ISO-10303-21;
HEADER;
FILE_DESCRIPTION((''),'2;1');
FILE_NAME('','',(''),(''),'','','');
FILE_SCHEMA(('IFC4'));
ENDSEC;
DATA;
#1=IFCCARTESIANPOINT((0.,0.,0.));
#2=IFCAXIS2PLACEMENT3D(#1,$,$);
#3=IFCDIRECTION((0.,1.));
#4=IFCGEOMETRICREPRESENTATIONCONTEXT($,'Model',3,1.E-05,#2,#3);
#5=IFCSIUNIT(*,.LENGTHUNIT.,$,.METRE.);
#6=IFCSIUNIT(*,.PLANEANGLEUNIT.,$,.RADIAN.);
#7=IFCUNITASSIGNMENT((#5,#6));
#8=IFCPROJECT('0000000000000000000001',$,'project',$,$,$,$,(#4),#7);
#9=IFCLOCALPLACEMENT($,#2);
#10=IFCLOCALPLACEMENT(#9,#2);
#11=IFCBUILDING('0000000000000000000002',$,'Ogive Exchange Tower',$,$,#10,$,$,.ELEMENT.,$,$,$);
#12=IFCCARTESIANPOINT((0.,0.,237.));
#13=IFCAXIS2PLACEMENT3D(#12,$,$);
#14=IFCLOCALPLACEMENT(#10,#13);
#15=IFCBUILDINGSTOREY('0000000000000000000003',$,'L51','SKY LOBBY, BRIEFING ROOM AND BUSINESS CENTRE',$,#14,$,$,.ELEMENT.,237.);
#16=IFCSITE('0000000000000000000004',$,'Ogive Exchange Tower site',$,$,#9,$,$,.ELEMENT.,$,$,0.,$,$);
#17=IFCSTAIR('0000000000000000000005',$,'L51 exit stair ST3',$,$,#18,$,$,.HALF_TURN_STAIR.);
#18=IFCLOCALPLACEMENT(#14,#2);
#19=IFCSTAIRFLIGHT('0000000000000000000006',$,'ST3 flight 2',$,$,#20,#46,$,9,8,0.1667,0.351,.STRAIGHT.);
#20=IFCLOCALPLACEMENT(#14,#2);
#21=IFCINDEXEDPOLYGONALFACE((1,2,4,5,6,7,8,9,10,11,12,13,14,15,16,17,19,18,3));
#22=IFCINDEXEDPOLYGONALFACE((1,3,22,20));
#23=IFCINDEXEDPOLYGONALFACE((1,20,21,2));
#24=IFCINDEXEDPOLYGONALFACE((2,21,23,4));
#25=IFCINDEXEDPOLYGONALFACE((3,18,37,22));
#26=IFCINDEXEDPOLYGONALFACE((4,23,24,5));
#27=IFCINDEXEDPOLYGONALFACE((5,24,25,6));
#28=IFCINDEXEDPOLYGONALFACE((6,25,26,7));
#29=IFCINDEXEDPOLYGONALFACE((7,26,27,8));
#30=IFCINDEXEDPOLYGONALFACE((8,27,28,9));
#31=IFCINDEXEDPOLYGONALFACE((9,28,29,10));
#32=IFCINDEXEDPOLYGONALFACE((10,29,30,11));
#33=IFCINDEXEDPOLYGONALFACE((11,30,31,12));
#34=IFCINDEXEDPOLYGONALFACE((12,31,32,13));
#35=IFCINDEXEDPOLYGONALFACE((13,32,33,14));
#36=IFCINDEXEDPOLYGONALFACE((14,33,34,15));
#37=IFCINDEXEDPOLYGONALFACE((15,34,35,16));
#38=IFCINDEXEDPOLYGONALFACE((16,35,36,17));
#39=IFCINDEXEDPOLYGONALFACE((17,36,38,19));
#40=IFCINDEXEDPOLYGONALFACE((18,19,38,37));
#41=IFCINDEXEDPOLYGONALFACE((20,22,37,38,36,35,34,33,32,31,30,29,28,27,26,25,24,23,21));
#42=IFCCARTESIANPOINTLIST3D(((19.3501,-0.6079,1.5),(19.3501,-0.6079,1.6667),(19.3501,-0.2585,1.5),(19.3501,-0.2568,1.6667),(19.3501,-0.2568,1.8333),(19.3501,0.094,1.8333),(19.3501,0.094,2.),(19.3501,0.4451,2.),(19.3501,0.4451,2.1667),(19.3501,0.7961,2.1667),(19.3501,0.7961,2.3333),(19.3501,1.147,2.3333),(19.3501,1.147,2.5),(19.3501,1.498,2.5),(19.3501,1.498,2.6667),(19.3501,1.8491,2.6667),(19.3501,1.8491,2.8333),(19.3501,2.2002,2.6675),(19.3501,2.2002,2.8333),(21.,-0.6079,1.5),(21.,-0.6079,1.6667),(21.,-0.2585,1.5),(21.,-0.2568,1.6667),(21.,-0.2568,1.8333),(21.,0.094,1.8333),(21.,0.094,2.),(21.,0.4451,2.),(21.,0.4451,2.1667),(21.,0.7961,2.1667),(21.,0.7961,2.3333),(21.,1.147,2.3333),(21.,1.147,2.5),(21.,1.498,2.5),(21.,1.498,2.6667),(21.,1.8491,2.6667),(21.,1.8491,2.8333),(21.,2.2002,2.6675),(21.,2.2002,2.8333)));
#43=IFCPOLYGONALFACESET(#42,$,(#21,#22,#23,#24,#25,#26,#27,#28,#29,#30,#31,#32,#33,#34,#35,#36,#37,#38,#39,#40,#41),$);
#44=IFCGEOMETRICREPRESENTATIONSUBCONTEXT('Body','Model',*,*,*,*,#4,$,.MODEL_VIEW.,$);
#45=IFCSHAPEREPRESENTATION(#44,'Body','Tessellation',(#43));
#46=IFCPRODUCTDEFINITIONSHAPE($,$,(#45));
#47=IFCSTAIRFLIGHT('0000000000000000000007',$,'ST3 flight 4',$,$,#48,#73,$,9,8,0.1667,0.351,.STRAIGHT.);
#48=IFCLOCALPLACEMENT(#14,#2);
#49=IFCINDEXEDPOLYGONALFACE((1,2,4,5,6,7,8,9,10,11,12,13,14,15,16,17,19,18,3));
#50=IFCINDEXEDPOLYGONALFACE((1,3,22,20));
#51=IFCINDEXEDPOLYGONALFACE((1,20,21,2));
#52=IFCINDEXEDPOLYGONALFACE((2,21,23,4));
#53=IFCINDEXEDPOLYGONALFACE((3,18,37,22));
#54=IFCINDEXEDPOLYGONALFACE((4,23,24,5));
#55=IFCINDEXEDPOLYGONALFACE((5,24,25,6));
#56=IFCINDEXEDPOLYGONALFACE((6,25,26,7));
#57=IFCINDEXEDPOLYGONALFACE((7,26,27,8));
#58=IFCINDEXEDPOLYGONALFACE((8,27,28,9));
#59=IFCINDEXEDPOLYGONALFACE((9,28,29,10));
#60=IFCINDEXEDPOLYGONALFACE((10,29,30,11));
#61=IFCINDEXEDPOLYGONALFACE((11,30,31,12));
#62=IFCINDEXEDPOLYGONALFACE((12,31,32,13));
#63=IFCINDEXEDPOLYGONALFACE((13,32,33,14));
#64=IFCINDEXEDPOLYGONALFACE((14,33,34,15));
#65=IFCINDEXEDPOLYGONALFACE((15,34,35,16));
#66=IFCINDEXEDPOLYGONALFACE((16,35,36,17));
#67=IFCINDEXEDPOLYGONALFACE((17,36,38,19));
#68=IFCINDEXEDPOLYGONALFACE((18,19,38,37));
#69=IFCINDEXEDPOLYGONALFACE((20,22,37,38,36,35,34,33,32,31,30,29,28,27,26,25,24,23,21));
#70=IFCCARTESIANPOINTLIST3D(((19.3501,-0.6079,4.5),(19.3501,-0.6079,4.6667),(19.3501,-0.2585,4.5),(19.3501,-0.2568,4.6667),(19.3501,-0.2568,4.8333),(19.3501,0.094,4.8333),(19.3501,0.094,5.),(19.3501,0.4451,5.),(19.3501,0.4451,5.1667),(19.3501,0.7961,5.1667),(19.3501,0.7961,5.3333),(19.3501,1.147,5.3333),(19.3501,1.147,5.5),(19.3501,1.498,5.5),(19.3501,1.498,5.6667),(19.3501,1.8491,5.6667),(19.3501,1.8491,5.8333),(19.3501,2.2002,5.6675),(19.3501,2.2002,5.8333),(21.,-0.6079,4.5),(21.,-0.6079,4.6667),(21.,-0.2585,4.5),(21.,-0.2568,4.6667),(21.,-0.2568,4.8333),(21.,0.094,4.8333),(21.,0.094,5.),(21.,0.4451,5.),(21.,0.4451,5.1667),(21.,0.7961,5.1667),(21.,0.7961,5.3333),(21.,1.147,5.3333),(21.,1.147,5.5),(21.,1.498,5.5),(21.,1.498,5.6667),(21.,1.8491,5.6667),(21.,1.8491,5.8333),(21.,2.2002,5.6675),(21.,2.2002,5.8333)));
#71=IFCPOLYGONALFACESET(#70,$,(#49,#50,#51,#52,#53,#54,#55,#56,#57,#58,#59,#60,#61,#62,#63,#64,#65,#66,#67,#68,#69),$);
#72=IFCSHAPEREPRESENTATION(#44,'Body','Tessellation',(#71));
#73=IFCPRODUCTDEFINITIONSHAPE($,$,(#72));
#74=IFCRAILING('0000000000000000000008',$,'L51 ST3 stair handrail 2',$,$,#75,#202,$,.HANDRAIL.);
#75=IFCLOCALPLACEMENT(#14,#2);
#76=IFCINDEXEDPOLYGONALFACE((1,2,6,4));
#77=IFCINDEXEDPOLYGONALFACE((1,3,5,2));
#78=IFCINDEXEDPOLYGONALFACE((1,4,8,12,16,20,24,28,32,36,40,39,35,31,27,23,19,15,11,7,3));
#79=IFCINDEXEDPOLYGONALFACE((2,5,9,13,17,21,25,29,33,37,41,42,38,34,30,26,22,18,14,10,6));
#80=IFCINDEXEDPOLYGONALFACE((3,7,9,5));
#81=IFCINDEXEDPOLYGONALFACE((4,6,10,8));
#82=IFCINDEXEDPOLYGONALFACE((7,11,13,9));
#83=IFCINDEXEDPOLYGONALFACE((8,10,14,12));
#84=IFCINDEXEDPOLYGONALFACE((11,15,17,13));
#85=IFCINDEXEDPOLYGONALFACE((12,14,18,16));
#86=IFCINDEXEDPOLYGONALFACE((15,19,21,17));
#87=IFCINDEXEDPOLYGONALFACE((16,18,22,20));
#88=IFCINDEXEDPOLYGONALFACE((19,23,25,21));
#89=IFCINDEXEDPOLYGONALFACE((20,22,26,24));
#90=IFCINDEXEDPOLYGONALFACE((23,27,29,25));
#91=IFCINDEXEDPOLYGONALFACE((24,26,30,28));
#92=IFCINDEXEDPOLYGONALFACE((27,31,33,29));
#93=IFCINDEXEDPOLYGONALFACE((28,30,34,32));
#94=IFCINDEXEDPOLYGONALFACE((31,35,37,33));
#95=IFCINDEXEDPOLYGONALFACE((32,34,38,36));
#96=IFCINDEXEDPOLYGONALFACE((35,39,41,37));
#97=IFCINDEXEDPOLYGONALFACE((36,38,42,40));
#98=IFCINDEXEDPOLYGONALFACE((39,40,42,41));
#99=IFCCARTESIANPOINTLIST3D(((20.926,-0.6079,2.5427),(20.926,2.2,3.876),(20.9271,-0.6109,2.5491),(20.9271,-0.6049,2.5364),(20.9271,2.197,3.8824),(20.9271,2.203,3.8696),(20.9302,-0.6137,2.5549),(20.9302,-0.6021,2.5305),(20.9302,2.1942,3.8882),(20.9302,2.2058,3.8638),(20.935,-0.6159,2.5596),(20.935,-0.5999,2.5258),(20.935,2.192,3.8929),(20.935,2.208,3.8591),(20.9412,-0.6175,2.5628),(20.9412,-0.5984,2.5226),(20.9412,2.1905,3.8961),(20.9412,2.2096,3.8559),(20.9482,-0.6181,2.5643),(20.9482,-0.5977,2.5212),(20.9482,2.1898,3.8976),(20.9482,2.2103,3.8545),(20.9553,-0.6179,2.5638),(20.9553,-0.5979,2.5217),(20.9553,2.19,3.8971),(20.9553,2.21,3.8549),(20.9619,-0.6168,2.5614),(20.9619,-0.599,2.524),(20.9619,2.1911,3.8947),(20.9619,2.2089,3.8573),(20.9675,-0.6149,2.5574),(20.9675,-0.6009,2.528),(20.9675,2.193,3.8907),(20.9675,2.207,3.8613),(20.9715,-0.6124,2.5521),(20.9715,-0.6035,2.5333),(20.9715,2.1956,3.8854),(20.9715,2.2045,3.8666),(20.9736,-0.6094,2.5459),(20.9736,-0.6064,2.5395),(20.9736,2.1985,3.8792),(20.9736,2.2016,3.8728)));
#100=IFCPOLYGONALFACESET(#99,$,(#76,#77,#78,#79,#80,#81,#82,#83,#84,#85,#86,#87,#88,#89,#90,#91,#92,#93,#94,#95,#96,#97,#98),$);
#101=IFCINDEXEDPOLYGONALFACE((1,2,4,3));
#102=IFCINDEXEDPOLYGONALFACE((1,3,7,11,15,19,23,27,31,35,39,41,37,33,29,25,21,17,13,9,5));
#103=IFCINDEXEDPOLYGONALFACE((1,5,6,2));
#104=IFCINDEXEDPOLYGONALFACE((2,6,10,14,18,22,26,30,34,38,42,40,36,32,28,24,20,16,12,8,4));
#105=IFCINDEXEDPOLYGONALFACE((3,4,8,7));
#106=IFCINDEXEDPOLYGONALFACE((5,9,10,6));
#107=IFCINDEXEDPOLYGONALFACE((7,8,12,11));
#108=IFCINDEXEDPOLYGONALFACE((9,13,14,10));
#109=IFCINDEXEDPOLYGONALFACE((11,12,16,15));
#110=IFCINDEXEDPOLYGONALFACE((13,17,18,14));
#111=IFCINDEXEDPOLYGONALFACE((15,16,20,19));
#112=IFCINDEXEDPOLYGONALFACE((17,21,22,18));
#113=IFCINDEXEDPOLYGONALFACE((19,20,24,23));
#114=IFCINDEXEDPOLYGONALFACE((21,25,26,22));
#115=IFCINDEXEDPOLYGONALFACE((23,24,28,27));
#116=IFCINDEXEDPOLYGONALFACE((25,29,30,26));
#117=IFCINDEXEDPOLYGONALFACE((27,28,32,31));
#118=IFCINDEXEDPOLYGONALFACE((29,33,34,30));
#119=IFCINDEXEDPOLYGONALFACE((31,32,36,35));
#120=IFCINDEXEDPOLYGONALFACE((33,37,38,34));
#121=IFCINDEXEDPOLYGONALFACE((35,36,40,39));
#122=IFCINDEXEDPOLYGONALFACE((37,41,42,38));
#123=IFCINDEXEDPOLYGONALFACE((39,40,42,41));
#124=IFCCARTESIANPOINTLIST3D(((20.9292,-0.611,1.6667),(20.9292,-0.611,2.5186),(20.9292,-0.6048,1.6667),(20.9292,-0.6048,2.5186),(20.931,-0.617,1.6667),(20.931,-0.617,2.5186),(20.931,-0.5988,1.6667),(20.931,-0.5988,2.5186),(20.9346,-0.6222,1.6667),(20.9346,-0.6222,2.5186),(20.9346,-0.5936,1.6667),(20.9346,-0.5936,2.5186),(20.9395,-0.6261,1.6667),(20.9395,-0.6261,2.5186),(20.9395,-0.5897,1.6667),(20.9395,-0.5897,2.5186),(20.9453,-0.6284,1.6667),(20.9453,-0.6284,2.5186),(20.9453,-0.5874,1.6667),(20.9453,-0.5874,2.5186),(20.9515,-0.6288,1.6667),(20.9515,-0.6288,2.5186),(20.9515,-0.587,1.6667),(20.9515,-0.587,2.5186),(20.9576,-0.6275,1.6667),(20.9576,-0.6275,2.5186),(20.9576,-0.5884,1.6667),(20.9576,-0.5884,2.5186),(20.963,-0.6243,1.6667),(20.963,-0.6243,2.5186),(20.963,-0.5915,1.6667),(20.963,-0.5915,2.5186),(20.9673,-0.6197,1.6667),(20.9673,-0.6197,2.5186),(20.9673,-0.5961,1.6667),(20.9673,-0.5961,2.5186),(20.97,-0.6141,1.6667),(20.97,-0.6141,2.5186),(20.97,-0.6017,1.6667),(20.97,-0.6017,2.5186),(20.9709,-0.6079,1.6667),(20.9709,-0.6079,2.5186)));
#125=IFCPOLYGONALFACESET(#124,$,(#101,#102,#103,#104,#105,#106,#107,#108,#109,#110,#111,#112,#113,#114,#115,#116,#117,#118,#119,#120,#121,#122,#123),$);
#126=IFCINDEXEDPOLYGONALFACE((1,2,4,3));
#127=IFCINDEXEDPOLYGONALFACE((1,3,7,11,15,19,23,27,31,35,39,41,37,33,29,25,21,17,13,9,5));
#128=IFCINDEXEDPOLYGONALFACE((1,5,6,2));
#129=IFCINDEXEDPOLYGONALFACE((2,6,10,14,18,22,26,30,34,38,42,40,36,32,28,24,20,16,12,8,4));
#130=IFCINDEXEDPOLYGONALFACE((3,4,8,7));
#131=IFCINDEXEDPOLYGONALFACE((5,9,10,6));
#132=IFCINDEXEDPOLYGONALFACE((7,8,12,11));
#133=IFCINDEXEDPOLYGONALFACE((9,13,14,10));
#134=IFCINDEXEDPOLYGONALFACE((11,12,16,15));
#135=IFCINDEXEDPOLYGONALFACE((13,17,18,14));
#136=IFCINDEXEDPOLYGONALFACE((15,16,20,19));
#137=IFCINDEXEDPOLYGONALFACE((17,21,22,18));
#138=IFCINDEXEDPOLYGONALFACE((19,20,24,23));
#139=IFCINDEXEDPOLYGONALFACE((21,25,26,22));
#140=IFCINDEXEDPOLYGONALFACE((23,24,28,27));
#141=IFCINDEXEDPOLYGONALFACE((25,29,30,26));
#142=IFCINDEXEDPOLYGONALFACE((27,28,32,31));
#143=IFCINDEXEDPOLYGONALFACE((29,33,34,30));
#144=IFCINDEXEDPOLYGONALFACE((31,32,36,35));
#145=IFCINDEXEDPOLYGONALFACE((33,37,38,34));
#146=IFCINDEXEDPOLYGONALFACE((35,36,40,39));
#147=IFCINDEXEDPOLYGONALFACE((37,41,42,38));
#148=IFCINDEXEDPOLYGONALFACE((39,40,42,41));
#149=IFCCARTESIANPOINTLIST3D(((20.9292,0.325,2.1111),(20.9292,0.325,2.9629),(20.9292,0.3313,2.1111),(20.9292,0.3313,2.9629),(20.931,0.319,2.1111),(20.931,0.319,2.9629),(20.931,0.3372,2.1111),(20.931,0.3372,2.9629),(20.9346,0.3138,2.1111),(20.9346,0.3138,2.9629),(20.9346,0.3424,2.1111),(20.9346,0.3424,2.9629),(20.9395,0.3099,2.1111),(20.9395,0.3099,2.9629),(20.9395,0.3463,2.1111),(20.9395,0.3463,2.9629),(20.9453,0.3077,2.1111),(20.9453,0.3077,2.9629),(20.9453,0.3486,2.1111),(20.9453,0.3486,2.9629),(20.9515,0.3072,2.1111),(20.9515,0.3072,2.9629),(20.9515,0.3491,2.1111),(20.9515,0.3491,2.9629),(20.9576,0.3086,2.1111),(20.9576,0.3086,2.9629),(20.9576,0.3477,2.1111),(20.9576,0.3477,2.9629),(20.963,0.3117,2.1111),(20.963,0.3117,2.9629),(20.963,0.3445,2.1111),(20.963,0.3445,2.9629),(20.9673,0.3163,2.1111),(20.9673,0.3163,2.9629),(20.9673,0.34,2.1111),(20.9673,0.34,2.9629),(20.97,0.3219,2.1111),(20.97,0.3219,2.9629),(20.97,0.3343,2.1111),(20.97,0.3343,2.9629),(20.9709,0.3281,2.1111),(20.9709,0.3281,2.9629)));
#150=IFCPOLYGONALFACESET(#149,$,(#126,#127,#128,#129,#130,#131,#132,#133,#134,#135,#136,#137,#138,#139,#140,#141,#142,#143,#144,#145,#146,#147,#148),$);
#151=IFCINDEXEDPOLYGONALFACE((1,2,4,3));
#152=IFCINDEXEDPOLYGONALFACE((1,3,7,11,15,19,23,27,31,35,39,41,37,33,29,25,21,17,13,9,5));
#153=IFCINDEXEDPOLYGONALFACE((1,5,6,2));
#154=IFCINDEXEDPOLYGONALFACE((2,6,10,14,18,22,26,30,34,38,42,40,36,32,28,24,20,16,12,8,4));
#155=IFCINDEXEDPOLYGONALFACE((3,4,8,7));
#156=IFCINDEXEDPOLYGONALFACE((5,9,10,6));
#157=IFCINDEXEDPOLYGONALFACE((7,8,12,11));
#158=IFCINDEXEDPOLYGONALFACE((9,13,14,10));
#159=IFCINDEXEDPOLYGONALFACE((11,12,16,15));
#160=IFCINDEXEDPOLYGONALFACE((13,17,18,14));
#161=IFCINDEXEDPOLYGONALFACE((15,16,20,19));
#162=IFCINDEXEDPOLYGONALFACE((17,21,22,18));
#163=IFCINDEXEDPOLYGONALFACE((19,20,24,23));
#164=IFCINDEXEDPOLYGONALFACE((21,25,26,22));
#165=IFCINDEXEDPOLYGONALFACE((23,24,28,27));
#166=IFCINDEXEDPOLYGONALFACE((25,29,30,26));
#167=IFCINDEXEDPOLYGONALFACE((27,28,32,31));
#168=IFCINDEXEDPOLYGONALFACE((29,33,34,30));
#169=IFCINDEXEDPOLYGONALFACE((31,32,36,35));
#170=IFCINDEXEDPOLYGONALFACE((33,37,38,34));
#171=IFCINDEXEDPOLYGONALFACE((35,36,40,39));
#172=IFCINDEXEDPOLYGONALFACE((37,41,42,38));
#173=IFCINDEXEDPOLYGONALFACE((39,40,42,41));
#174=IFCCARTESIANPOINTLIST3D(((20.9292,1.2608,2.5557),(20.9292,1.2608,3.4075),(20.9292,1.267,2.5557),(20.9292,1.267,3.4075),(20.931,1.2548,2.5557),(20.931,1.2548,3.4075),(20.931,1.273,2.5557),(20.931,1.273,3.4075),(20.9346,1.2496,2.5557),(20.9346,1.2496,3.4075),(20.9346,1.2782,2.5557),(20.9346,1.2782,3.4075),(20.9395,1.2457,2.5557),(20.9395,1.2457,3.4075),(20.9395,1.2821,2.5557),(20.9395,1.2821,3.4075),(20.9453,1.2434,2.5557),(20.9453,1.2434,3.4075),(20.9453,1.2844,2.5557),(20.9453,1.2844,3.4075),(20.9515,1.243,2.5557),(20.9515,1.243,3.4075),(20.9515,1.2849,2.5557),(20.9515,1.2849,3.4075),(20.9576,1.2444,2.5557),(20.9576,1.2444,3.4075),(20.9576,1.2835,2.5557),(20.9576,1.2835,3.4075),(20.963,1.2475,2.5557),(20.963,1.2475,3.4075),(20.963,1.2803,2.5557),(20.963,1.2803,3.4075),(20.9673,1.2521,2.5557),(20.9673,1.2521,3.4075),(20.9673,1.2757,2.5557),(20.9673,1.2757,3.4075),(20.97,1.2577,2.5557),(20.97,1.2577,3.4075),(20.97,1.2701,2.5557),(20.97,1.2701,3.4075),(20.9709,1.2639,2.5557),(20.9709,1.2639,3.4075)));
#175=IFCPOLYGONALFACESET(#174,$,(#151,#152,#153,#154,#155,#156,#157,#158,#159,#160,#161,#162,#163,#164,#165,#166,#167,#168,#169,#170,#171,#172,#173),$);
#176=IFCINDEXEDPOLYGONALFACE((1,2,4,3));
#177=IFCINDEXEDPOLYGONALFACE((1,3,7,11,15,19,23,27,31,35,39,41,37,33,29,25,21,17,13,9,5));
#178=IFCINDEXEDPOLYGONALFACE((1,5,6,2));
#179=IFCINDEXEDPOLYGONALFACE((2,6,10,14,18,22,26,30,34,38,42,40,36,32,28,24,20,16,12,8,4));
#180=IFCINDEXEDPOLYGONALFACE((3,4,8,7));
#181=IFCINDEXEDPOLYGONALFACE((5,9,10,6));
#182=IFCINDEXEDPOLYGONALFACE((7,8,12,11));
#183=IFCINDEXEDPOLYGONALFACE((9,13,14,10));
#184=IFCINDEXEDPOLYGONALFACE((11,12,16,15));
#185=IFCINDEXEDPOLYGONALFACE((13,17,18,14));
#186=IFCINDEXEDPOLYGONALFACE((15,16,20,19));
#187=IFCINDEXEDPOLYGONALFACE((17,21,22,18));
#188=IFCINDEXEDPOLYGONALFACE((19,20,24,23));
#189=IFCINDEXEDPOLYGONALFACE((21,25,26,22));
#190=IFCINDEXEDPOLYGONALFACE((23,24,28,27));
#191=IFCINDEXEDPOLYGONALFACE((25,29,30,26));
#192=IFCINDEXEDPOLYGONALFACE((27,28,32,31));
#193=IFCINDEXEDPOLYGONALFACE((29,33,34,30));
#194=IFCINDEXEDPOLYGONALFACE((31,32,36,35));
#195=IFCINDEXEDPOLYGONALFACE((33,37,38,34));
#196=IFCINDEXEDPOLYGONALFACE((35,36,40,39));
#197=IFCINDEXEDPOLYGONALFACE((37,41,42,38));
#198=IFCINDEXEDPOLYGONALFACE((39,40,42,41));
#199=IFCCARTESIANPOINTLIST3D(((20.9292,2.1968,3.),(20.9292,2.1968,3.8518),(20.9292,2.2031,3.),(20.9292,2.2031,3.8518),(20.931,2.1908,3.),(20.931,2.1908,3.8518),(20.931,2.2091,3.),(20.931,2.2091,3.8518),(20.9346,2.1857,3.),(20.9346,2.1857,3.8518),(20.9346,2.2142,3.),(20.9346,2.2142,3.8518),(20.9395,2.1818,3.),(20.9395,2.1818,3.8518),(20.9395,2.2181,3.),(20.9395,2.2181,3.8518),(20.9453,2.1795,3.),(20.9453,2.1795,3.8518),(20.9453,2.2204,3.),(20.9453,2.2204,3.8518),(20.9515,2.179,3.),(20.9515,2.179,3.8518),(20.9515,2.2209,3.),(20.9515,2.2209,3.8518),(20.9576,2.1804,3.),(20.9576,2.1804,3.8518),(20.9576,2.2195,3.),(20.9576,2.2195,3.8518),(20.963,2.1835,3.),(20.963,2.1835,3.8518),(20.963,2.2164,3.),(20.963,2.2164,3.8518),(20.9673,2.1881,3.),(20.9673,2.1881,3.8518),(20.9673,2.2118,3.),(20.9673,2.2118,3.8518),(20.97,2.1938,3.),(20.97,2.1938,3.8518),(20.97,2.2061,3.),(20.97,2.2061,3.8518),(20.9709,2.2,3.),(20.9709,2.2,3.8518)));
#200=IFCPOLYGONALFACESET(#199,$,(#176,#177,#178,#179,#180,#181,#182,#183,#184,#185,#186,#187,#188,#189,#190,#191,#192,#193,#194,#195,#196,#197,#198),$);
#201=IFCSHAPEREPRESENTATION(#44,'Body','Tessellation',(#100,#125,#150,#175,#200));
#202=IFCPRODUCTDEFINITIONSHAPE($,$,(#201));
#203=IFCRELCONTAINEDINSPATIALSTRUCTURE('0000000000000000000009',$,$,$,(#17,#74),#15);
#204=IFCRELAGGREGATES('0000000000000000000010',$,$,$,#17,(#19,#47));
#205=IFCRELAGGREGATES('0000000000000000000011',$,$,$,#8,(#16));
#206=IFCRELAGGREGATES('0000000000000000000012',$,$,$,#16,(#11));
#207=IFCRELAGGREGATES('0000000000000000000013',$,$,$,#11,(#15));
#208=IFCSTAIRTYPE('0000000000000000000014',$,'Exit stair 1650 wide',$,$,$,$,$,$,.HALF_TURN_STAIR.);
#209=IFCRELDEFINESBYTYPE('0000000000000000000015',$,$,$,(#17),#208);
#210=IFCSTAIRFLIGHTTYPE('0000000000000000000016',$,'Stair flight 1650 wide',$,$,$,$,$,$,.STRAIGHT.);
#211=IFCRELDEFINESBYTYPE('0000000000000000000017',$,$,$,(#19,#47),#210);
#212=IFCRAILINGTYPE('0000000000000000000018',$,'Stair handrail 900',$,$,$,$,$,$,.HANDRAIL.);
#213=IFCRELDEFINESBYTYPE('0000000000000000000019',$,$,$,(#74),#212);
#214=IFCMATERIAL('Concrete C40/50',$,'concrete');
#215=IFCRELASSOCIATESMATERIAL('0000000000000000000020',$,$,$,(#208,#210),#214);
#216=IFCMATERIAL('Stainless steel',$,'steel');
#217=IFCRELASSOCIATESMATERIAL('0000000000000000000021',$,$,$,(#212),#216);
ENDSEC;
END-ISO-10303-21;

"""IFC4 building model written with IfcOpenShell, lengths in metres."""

from ifc_helpers import new_model, si_unit, direction, frame, origin, origin_2d, place, context, subcontext, project, spatial, polyline, circle, outline, extrude, material, type_object, element, aggregate, save


model = new_model("IFC4")

# Units and contexts
model_context = context("Model", 3, precision=1e-05, world=origin(), true_north=direction((0.0, 1.0)))
body_context = subcontext(model_context, "Body", "Model", "MODEL_VIEW")
ifc_project = project(units=[si_unit("LENGTHUNIT", "METRE"), si_unit("PLANEANGLEUNIT", "RADIAN")], contexts=[model_context])

# Site, building, storey
site_placement = place(None, origin())
site = spatial("IfcSite", under=ifc_project, at=site_placement, Name="Ogive Exchange Tower site", CompositionType="ELEMENT", RefElevation=0.0)
building_placement = place(site_placement, origin())
building = spatial("IfcBuilding", under=site, at=building_placement, Name="Ogive Exchange Tower", CompositionType="ELEMENT")
storey_placement = place(building_placement, frame((0.0, 0.0, 237.0)))
storey = spatial("IfcBuildingStorey", under=building, at=storey_placement, Name="L51", Description="SKY LOBBY, BRIEFING ROOM AND BUSINESS CENTRE", CompositionType="ELEMENT", Elevation=237.0)

# Shared definitions
ifc_material_1 = material(Name="Stainless steel", Category="steel")

# Stair, stair flights
ifc_material_2 = material(Name="Concrete C40/50", Category="concrete")
stair_type = type_object("IfcStairType", Name="Exit stair 1650 wide", PredefinedType="HALF_TURN_STAIR", material=ifc_material_2)
stair_placement = place(storey_placement, origin())
stair = element("IfcStair", 1, at=stair_placement, inside=storey, type_object=stair_type, Name="L51 exit stair ST3", PredefinedType="HALF_TURN_STAIR")
stair_flight_type = type_object("IfcStairFlightType", Name="Stair flight 1650 wide", PredefinedType="STRAIGHT", material=ifc_material_2)
stair_flight_1_placement = place(storey_placement, frame((20.175, -0.6079, 1.5), z_axis=(0.0, 0.0, 1.0), x_axis=(0.0, 1.0, 0.0)))
stair_flight_1 = element("IfcStairFlight", 2, at=stair_flight_1_placement, type_object=stair_flight_type, Name="ST3 flight 2", NumberOfRisers=9, NumberOfTreads=8, PredefinedType="STRAIGHT", RiserHeight=0.1667, TreadLength=0.351, context=body_context, shape_type="SweptSolid", body=[
    extrude(outline(polyline([(0.0, 0.0), (0.0, 0.1667), (0.3511, 0.1667), (0.3511, 0.3333), (0.7019, 0.3333), (0.7019, 0.5), (1.053, 0.5), (1.053, 0.6667), (1.4041, 0.6667), (1.4041, 0.8333), (1.7549, 0.8333), (1.7549, 1.0), (2.106, 1.0), (2.106, 1.1667), (2.457, 1.1667), (2.457, 1.3333), (2.8081, 1.3333), (2.8081, 1.5), (2.8081, 1.1675), (0.3494, 0.0), (0.0, 0.0)])), frame((0.0, 0.825, 0.0), z_axis=(0.0, -1.0, 0.0), x_axis=(1.0, 0.0, 0.0)), (0.0, 0.0, 1.0), 1.6499),
])
stair_flight_2_placement = place(storey_placement, frame((20.175, -0.6079, 4.5), z_axis=(0.0, 0.0, 1.0), x_axis=(0.0, 1.0, 0.0)))
stair_flight_2 = element("IfcStairFlight", 3, at=stair_flight_2_placement, type_object=stair_flight_type, Name="ST3 flight 4", NumberOfRisers=9, NumberOfTreads=8, PredefinedType="STRAIGHT", RiserHeight=0.1667, TreadLength=0.351, context=body_context, shape_type="SweptSolid", body=[
    extrude(outline(polyline([(0.0, 0.0), (0.0, 0.1667), (0.3511, 0.1667), (0.3511, 0.3333), (0.7019, 0.3333), (0.7019, 0.5), (1.053, 0.5), (1.053, 0.6667), (1.4041, 0.6667), (1.4041, 0.8333), (1.7549, 0.8333), (1.7549, 1.0), (2.106, 1.0), (2.106, 1.1667), (2.457, 1.1667), (2.457, 1.3333), (2.8081, 1.3333), (2.8081, 1.5), (2.8081, 1.1675), (0.3494, 0.0), (0.0, 0.0)])), frame((0.0, 0.825, 0.0), z_axis=(0.0, -1.0, 0.0), x_axis=(1.0, 0.0, 0.0)), (0.0, 0.0, 1.0), 1.6499),
])
aggregate(stair, [stair_flight_1, stair_flight_2])

# Railing
railing_type = type_object("IfcRailingType", Name="Stair handrail 900", PredefinedType="HANDRAIL", material=ifc_material_1)
for number, where, name in (
    (4, (20.95, -0.6079, 1.6667), "L51 ST3 stair handrail 2"),
):
    element("IfcRailing", number, at=place(storey_placement, frame(where)), inside=storey, type_object=railing_type, Name=name, PredefinedType="HANDRAIL", context=body_context, shape_type="SweptSolid", body=[
        extrude(circle(Radius=0.0239, at=origin_2d()), frame((0.0, 0.0, 0.876), z_axis=(0.0, 0.903338, 0.42893), x_axis=(-1.0, 0.0, 0.0)), (0.0, 0.0, 1.0), 3.1084),
        extrude(circle(Radius=0.021, at=origin_2d()), origin(), (0.0, 0.0, 1.0), 0.8518),
        extrude(circle(Radius=0.021, at=origin_2d()), frame((0.0, 0.936, 0.4443)), (0.0, 0.0, 1.0), 0.8518),
        extrude(circle(Radius=0.021, at=origin_2d()), frame((0.0, 1.8718, 0.8889)), (0.0, 0.0, 1.0), 0.8518),
        extrude(circle(Radius=0.021, at=origin_2d()), frame((0.0, 2.8079, 1.3333)), (0.0, 0.0, 1.0), 0.8518),
    ])

save(model, "model.ifc")
